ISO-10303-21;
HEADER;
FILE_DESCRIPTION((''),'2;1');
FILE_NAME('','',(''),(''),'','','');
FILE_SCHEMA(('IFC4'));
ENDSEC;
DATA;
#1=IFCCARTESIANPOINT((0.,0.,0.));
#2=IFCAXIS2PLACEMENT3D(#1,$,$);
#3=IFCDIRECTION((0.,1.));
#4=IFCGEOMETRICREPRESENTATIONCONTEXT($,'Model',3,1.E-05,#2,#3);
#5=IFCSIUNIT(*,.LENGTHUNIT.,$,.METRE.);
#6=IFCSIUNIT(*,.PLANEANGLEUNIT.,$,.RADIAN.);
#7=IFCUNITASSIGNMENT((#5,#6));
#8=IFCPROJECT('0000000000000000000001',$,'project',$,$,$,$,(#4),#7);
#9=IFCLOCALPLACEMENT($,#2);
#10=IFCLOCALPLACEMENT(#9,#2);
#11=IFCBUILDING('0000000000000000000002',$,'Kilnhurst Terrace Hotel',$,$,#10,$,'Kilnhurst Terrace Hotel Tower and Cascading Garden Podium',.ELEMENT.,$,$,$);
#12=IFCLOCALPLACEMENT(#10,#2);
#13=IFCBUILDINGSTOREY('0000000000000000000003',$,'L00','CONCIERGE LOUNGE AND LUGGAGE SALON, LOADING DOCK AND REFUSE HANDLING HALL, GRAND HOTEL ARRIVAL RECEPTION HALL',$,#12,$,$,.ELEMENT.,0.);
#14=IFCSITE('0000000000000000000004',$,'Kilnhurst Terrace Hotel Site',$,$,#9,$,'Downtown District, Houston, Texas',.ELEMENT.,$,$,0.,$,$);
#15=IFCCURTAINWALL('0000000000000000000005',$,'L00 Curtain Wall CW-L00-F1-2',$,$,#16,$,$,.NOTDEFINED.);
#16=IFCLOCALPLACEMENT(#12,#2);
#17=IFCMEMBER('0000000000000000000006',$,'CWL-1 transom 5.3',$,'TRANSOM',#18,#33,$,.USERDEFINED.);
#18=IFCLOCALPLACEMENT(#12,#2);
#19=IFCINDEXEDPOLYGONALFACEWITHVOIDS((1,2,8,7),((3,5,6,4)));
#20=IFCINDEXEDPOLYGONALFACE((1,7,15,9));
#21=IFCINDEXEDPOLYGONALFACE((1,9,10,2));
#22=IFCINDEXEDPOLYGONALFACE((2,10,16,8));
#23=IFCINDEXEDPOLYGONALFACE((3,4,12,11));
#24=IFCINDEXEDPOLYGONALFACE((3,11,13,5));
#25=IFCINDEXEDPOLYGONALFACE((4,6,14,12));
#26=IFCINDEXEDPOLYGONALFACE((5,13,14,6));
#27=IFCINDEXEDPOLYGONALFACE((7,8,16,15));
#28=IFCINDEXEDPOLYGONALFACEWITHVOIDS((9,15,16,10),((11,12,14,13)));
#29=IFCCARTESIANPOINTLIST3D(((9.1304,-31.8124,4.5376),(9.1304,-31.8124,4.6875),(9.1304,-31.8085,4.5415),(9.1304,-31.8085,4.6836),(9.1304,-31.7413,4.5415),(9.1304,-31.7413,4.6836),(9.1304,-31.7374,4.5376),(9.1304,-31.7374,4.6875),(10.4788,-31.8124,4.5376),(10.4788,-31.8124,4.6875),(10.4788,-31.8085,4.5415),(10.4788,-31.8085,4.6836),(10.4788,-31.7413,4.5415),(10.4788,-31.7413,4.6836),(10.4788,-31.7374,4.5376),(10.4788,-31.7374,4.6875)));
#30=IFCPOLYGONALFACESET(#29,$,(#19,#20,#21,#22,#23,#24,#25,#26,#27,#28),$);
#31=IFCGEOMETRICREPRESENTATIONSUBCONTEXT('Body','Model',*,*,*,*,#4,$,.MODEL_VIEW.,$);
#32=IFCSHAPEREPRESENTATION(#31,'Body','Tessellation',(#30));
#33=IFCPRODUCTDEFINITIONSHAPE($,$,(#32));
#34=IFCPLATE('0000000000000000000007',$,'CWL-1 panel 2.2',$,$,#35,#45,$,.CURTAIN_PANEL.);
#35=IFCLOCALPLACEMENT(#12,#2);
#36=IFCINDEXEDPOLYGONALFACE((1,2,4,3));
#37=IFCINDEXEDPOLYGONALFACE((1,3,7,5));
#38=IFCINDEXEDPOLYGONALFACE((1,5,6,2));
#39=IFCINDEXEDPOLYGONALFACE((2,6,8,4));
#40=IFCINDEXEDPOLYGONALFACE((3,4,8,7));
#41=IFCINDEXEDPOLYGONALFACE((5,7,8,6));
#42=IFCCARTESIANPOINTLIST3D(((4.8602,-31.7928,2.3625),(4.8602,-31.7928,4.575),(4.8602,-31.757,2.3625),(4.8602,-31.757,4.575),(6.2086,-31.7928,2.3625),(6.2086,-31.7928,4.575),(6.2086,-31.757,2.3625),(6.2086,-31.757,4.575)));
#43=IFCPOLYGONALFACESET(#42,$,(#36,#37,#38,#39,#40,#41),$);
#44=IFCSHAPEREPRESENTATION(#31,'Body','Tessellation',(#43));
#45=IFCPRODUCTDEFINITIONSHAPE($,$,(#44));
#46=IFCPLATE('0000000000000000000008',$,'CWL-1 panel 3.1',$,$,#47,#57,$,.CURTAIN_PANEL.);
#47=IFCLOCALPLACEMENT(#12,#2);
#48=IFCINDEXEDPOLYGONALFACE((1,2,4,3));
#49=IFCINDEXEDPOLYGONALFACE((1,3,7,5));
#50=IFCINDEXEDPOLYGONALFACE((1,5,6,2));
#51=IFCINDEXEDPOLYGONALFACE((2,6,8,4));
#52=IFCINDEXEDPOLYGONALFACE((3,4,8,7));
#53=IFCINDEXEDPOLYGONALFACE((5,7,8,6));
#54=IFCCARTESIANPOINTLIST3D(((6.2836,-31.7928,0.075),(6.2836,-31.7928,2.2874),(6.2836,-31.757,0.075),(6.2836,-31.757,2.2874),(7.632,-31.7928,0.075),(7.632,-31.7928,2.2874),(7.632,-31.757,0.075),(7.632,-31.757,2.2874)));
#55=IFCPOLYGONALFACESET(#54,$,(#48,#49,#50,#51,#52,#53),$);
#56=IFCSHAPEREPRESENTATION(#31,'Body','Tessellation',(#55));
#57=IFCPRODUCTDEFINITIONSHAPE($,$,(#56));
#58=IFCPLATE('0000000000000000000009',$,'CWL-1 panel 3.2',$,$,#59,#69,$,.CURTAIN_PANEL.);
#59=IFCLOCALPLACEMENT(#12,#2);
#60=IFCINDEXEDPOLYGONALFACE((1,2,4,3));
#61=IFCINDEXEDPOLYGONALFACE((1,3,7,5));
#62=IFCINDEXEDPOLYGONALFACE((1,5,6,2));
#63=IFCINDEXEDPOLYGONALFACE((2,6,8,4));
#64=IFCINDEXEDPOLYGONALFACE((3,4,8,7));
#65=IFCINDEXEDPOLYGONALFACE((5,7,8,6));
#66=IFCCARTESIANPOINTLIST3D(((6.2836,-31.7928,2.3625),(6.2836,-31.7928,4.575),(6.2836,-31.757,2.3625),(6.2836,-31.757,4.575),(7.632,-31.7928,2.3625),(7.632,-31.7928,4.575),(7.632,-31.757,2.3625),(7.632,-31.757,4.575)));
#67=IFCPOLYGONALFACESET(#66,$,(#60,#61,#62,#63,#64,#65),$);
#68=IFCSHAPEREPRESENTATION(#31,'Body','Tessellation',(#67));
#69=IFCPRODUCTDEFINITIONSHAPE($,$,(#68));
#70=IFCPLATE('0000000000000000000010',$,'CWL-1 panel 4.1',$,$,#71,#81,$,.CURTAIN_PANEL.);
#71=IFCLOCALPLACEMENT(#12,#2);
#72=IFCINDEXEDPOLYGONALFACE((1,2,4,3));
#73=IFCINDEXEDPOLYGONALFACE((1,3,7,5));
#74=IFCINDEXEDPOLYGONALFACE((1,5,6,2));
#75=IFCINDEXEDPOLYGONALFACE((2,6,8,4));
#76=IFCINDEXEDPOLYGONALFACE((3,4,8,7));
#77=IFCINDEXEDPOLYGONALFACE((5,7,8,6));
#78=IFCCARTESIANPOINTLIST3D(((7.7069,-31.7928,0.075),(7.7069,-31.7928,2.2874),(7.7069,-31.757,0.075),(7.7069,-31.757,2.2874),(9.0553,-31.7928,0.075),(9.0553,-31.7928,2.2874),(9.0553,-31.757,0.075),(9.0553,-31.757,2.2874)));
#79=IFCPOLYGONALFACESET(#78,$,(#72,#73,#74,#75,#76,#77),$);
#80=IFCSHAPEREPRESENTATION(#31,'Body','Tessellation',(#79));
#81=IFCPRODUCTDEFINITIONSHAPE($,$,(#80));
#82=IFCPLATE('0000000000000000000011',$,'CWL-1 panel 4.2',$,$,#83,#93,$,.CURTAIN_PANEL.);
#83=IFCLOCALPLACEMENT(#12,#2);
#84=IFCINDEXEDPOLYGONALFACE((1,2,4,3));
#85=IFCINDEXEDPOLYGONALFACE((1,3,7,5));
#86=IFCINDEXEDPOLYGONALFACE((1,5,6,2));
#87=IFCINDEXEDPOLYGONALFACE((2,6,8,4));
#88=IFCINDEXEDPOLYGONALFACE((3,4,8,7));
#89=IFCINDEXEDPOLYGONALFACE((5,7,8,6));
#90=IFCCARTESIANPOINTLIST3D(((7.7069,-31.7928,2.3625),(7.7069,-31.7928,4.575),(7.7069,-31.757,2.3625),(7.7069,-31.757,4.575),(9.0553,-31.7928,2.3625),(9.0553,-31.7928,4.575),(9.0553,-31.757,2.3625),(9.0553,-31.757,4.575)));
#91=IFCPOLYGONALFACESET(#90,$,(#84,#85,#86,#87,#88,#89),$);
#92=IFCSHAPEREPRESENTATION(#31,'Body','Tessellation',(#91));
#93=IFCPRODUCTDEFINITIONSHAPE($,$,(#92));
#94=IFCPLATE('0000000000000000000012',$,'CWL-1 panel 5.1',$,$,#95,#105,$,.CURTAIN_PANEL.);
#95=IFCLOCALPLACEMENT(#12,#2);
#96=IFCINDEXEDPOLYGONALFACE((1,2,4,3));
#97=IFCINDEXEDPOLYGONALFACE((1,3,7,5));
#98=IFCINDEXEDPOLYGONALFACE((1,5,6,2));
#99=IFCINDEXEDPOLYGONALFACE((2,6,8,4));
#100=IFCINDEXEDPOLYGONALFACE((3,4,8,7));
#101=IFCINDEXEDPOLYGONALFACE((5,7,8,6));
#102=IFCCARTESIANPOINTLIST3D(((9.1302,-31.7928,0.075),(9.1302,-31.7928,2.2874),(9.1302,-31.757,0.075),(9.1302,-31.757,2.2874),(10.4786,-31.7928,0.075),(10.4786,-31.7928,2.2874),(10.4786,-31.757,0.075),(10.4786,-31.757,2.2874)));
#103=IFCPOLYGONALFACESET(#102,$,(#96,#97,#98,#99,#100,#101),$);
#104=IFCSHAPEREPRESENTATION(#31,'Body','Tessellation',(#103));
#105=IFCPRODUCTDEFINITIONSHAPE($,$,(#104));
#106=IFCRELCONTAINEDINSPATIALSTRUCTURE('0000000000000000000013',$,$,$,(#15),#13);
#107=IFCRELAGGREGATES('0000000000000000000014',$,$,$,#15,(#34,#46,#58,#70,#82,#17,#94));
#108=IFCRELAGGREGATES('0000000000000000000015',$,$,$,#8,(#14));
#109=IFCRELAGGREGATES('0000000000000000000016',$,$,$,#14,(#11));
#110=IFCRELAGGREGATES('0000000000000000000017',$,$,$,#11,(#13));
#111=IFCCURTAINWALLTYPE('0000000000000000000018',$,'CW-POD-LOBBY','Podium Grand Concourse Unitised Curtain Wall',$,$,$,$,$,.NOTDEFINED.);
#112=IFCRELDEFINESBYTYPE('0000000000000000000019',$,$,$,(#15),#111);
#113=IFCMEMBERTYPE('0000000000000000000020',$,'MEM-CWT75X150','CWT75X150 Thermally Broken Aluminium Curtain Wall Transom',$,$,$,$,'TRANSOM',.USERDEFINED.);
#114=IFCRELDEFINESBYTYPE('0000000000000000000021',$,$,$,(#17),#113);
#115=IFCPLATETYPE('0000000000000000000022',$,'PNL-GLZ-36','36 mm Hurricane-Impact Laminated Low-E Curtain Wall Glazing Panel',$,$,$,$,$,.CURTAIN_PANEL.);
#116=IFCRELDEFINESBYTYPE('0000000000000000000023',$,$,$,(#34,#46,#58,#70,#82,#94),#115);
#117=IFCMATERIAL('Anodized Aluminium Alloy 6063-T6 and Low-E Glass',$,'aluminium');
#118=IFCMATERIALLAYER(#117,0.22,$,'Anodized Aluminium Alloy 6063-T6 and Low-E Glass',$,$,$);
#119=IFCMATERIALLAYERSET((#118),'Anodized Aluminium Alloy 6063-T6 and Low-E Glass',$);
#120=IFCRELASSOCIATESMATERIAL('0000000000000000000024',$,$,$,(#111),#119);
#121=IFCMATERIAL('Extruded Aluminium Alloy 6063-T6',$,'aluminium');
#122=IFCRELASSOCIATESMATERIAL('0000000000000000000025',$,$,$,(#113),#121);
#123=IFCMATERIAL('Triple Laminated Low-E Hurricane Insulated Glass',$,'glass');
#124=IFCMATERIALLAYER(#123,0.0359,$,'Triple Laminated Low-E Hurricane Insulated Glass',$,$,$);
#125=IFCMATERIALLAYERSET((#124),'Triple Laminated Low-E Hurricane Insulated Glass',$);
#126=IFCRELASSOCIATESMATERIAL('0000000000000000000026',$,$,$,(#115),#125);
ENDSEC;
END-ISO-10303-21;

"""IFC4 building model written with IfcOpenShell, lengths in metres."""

from ifc_helpers import new_model, si_unit, direction, frame, origin, origin_2d, place, context, subcontext, project, spatial, rectangle, hollow_rectangle, extrude, material, layer, layer_set, material_profile, profile_set, type_object, element, aggregate, save


model = new_model("IFC4")

# Units and contexts
model_context = context("Model", 3, precision=1e-05, world=origin(), true_north=direction((0.0, 1.0)))
body_context = subcontext(model_context, "Body", "Model", "MODEL_VIEW")
ifc_project = project(units=[si_unit("LENGTHUNIT", "METRE"), si_unit("PLANEANGLEUNIT", "RADIAN")], contexts=[model_context])

# Site, building, storey
site_placement = place(None, origin())
site = spatial("IfcSite", under=ifc_project, at=site_placement, Name="Kilnhurst Terrace Hotel Site", LongName="Downtown District, Houston, Texas", CompositionType="ELEMENT", RefElevation=0.0)
building_placement = place(site_placement, origin())
building = spatial("IfcBuilding", under=site, at=building_placement, Name="Kilnhurst Terrace Hotel", LongName="Kilnhurst Terrace Hotel Tower and Cascading Garden Podium", CompositionType="ELEMENT")
storey_placement = place(building_placement, origin())
storey = spatial("IfcBuildingStorey", under=building, at=storey_placement, Name="L00", Description="CONCIERGE LOUNGE AND LUGGAGE SALON, LOADING DOCK AND REFUSE HANDLING HALL, GRAND HOTEL ARRIVAL RECEPTION HALL", CompositionType="ELEMENT", Elevation=0.0)

# Curtain wall, member, plates
ifc_material_1 = material(Name="Anodized Aluminium Alloy 6063-T6 and Low-E Glass", Category="aluminium")
ifc_layer_1 = layer(ifc_material_1, 0.22, Name="Anodized Aluminium Alloy 6063-T6 and Low-E Glass")
ifc_layer_set_1 = layer_set([ifc_layer_1], Name="Anodized Aluminium Alloy 6063-T6 and Low-E Glass")
curtain_wall_type = type_object("IfcCurtainWallType", Name="CW-POD-LOBBY", Description="Podium Grand Concourse Unitised Curtain Wall", PredefinedType="NOTDEFINED", material=ifc_layer_set_1)
curtain_wall_placement = place(storey_placement, origin())
curtain_wall = element("IfcCurtainWall", 1, at=curtain_wall_placement, inside=storey, type_object=curtain_wall_type, Name="L00 Curtain Wall CW-L00-F1-2", PredefinedType="NOTDEFINED")
ifc_material_2 = material(Name="Extruded Aluminium Alloy 6063-T6", Category="aluminium")
ifc_material_profile_1 = material_profile(ifc_material_2, hollow_rectangle(XDim=0.075, YDim=0.1499, WallThickness=0.0039, at=origin_2d()), Name="CWT75X150")
ifc_profile_set_1 = profile_set([ifc_material_profile_1], Name="Extruded Aluminium Alloy 6063-T6")
member_type_1 = type_object("IfcMemberType", Name="MEM-CWT75X150", Description="CWT75X150 Thermally Broken Aluminium Curtain Wall Transom", ElementType="TRANSOM", PredefinedType="USERDEFINED", material=ifc_profile_set_1)
member_1_placement = place(storey_placement, frame((9.1304, -31.7749, 4.6125), z_axis=(1.0, 0.0, 0.0), x_axis=(0.0, 1.0, 0.0)))
member_1 = element("IfcMember", 2, at=member_1_placement, type_object=member_type_1, Name="CWL-1 transom 5.3", ObjectType="TRANSOM", PredefinedType="USERDEFINED", context=body_context, shape_type="SweptSolid", body=[
    extrude(hollow_rectangle(XDim=0.075, YDim=0.1499, WallThickness=0.0039, at=origin_2d()), origin(), (0.0, 0.0, 1.0), 1.3484),
])
ifc_material_3 = material(Name="Triple Laminated Low-E Hurricane Insulated Glass", Category="glass")
ifc_layer_2 = layer(ifc_material_3, 0.0359, Name="Triple Laminated Low-E Hurricane Insulated Glass")
ifc_layer_set_2 = layer_set([ifc_layer_2], Name="Triple Laminated Low-E Hurricane Insulated Glass")
plate_type = type_object("IfcPlateType", Name="PNL-GLZ-36", Description="36 mm Hurricane-Impact Laminated Low-E Curtain Wall Glazing Panel", PredefinedType="CURTAIN_PANEL", material=ifc_layer_set_2)
plate_1_placement = place(storey_placement, frame((5.5344, -31.7749, 2.3625), z_axis=(0.0, 0.0, 1.0), x_axis=(1.0, 0.0, 0.0)))
plate_1 = element("IfcPlate", 3, at=plate_1_placement, type_object=plate_type, Name="CWL-1 panel 2.2", PredefinedType="CURTAIN_PANEL", context=body_context, shape_type="SweptSolid", body=[
    extrude(rectangle(XDim=1.3484, YDim=0.0359, at=origin_2d()), origin(), (0.0, 0.0, 1.0), 2.2124),
])
plate_2_placement = place(storey_placement, frame((6.9578, -31.7749, 0.075), z_axis=(0.0, 0.0, 1.0), x_axis=(1.0, 0.0, 0.0)))
plate_2 = element("IfcPlate", 4, at=plate_2_placement, type_object=plate_type, Name="CWL-1 panel 3.1", PredefinedType="CURTAIN_PANEL", context=body_context, shape_type="SweptSolid", body=[
    extrude(rectangle(XDim=1.3484, YDim=0.0359, at=origin_2d()), origin(), (0.0, 0.0, 1.0), 2.2124),
])
plate_3_placement = place(storey_placement, frame((6.9578, -31.7749, 2.3625), z_axis=(0.0, 0.0, 1.0), x_axis=(1.0, 0.0, 0.0)))
plate_3 = element("IfcPlate", 5, at=plate_3_placement, type_object=plate_type, Name="CWL-1 panel 3.2", PredefinedType="CURTAIN_PANEL", context=body_context, shape_type="SweptSolid", body=[
    extrude(rectangle(XDim=1.3484, YDim=0.0359, at=origin_2d()), origin(), (0.0, 0.0, 1.0), 2.2124),
])
plate_4_placement = place(storey_placement, frame((8.3811, -31.7749, 0.075), z_axis=(0.0, 0.0, 1.0), x_axis=(1.0, 0.0, 0.0)))
plate_4 = element("IfcPlate", 6, at=plate_4_placement, type_object=plate_type, Name="CWL-1 panel 4.1", PredefinedType="CURTAIN_PANEL", context=body_context, shape_type="SweptSolid", body=[
    extrude(rectangle(XDim=1.3484, YDim=0.0359, at=origin_2d()), origin(), (0.0, 0.0, 1.0), 2.2124),
])
plate_5_placement = place(storey_placement, frame((8.3811, -31.7749, 2.3625), z_axis=(0.0, 0.0, 1.0), x_axis=(1.0, 0.0, 0.0)))
plate_5 = element("IfcPlate", 7, at=plate_5_placement, type_object=plate_type, Name="CWL-1 panel 4.2", PredefinedType="CURTAIN_PANEL", context=body_context, shape_type="SweptSolid", body=[
    extrude(rectangle(XDim=1.3484, YDim=0.0359, at=origin_2d()), origin(), (0.0, 0.0, 1.0), 2.2124),
])
plate_6_placement = place(storey_placement, frame((9.8044, -31.7749, 0.075), z_axis=(0.0, 0.0, 1.0), x_axis=(1.0, 0.0, 0.0)))
plate_6 = element("IfcPlate", 8, at=plate_6_placement, type_object=plate_type, Name="CWL-1 panel 5.1", PredefinedType="CURTAIN_PANEL", context=body_context, shape_type="SweptSolid", body=[
    extrude(rectangle(XDim=1.3484, YDim=0.0359, at=origin_2d()), origin(), (0.0, 0.0, 1.0), 2.2124),
])
aggregate(curtain_wall, [plate_1, plate_2, plate_3, plate_4, plate_5, member_1, plate_6])

save(model, "model.ifc")
